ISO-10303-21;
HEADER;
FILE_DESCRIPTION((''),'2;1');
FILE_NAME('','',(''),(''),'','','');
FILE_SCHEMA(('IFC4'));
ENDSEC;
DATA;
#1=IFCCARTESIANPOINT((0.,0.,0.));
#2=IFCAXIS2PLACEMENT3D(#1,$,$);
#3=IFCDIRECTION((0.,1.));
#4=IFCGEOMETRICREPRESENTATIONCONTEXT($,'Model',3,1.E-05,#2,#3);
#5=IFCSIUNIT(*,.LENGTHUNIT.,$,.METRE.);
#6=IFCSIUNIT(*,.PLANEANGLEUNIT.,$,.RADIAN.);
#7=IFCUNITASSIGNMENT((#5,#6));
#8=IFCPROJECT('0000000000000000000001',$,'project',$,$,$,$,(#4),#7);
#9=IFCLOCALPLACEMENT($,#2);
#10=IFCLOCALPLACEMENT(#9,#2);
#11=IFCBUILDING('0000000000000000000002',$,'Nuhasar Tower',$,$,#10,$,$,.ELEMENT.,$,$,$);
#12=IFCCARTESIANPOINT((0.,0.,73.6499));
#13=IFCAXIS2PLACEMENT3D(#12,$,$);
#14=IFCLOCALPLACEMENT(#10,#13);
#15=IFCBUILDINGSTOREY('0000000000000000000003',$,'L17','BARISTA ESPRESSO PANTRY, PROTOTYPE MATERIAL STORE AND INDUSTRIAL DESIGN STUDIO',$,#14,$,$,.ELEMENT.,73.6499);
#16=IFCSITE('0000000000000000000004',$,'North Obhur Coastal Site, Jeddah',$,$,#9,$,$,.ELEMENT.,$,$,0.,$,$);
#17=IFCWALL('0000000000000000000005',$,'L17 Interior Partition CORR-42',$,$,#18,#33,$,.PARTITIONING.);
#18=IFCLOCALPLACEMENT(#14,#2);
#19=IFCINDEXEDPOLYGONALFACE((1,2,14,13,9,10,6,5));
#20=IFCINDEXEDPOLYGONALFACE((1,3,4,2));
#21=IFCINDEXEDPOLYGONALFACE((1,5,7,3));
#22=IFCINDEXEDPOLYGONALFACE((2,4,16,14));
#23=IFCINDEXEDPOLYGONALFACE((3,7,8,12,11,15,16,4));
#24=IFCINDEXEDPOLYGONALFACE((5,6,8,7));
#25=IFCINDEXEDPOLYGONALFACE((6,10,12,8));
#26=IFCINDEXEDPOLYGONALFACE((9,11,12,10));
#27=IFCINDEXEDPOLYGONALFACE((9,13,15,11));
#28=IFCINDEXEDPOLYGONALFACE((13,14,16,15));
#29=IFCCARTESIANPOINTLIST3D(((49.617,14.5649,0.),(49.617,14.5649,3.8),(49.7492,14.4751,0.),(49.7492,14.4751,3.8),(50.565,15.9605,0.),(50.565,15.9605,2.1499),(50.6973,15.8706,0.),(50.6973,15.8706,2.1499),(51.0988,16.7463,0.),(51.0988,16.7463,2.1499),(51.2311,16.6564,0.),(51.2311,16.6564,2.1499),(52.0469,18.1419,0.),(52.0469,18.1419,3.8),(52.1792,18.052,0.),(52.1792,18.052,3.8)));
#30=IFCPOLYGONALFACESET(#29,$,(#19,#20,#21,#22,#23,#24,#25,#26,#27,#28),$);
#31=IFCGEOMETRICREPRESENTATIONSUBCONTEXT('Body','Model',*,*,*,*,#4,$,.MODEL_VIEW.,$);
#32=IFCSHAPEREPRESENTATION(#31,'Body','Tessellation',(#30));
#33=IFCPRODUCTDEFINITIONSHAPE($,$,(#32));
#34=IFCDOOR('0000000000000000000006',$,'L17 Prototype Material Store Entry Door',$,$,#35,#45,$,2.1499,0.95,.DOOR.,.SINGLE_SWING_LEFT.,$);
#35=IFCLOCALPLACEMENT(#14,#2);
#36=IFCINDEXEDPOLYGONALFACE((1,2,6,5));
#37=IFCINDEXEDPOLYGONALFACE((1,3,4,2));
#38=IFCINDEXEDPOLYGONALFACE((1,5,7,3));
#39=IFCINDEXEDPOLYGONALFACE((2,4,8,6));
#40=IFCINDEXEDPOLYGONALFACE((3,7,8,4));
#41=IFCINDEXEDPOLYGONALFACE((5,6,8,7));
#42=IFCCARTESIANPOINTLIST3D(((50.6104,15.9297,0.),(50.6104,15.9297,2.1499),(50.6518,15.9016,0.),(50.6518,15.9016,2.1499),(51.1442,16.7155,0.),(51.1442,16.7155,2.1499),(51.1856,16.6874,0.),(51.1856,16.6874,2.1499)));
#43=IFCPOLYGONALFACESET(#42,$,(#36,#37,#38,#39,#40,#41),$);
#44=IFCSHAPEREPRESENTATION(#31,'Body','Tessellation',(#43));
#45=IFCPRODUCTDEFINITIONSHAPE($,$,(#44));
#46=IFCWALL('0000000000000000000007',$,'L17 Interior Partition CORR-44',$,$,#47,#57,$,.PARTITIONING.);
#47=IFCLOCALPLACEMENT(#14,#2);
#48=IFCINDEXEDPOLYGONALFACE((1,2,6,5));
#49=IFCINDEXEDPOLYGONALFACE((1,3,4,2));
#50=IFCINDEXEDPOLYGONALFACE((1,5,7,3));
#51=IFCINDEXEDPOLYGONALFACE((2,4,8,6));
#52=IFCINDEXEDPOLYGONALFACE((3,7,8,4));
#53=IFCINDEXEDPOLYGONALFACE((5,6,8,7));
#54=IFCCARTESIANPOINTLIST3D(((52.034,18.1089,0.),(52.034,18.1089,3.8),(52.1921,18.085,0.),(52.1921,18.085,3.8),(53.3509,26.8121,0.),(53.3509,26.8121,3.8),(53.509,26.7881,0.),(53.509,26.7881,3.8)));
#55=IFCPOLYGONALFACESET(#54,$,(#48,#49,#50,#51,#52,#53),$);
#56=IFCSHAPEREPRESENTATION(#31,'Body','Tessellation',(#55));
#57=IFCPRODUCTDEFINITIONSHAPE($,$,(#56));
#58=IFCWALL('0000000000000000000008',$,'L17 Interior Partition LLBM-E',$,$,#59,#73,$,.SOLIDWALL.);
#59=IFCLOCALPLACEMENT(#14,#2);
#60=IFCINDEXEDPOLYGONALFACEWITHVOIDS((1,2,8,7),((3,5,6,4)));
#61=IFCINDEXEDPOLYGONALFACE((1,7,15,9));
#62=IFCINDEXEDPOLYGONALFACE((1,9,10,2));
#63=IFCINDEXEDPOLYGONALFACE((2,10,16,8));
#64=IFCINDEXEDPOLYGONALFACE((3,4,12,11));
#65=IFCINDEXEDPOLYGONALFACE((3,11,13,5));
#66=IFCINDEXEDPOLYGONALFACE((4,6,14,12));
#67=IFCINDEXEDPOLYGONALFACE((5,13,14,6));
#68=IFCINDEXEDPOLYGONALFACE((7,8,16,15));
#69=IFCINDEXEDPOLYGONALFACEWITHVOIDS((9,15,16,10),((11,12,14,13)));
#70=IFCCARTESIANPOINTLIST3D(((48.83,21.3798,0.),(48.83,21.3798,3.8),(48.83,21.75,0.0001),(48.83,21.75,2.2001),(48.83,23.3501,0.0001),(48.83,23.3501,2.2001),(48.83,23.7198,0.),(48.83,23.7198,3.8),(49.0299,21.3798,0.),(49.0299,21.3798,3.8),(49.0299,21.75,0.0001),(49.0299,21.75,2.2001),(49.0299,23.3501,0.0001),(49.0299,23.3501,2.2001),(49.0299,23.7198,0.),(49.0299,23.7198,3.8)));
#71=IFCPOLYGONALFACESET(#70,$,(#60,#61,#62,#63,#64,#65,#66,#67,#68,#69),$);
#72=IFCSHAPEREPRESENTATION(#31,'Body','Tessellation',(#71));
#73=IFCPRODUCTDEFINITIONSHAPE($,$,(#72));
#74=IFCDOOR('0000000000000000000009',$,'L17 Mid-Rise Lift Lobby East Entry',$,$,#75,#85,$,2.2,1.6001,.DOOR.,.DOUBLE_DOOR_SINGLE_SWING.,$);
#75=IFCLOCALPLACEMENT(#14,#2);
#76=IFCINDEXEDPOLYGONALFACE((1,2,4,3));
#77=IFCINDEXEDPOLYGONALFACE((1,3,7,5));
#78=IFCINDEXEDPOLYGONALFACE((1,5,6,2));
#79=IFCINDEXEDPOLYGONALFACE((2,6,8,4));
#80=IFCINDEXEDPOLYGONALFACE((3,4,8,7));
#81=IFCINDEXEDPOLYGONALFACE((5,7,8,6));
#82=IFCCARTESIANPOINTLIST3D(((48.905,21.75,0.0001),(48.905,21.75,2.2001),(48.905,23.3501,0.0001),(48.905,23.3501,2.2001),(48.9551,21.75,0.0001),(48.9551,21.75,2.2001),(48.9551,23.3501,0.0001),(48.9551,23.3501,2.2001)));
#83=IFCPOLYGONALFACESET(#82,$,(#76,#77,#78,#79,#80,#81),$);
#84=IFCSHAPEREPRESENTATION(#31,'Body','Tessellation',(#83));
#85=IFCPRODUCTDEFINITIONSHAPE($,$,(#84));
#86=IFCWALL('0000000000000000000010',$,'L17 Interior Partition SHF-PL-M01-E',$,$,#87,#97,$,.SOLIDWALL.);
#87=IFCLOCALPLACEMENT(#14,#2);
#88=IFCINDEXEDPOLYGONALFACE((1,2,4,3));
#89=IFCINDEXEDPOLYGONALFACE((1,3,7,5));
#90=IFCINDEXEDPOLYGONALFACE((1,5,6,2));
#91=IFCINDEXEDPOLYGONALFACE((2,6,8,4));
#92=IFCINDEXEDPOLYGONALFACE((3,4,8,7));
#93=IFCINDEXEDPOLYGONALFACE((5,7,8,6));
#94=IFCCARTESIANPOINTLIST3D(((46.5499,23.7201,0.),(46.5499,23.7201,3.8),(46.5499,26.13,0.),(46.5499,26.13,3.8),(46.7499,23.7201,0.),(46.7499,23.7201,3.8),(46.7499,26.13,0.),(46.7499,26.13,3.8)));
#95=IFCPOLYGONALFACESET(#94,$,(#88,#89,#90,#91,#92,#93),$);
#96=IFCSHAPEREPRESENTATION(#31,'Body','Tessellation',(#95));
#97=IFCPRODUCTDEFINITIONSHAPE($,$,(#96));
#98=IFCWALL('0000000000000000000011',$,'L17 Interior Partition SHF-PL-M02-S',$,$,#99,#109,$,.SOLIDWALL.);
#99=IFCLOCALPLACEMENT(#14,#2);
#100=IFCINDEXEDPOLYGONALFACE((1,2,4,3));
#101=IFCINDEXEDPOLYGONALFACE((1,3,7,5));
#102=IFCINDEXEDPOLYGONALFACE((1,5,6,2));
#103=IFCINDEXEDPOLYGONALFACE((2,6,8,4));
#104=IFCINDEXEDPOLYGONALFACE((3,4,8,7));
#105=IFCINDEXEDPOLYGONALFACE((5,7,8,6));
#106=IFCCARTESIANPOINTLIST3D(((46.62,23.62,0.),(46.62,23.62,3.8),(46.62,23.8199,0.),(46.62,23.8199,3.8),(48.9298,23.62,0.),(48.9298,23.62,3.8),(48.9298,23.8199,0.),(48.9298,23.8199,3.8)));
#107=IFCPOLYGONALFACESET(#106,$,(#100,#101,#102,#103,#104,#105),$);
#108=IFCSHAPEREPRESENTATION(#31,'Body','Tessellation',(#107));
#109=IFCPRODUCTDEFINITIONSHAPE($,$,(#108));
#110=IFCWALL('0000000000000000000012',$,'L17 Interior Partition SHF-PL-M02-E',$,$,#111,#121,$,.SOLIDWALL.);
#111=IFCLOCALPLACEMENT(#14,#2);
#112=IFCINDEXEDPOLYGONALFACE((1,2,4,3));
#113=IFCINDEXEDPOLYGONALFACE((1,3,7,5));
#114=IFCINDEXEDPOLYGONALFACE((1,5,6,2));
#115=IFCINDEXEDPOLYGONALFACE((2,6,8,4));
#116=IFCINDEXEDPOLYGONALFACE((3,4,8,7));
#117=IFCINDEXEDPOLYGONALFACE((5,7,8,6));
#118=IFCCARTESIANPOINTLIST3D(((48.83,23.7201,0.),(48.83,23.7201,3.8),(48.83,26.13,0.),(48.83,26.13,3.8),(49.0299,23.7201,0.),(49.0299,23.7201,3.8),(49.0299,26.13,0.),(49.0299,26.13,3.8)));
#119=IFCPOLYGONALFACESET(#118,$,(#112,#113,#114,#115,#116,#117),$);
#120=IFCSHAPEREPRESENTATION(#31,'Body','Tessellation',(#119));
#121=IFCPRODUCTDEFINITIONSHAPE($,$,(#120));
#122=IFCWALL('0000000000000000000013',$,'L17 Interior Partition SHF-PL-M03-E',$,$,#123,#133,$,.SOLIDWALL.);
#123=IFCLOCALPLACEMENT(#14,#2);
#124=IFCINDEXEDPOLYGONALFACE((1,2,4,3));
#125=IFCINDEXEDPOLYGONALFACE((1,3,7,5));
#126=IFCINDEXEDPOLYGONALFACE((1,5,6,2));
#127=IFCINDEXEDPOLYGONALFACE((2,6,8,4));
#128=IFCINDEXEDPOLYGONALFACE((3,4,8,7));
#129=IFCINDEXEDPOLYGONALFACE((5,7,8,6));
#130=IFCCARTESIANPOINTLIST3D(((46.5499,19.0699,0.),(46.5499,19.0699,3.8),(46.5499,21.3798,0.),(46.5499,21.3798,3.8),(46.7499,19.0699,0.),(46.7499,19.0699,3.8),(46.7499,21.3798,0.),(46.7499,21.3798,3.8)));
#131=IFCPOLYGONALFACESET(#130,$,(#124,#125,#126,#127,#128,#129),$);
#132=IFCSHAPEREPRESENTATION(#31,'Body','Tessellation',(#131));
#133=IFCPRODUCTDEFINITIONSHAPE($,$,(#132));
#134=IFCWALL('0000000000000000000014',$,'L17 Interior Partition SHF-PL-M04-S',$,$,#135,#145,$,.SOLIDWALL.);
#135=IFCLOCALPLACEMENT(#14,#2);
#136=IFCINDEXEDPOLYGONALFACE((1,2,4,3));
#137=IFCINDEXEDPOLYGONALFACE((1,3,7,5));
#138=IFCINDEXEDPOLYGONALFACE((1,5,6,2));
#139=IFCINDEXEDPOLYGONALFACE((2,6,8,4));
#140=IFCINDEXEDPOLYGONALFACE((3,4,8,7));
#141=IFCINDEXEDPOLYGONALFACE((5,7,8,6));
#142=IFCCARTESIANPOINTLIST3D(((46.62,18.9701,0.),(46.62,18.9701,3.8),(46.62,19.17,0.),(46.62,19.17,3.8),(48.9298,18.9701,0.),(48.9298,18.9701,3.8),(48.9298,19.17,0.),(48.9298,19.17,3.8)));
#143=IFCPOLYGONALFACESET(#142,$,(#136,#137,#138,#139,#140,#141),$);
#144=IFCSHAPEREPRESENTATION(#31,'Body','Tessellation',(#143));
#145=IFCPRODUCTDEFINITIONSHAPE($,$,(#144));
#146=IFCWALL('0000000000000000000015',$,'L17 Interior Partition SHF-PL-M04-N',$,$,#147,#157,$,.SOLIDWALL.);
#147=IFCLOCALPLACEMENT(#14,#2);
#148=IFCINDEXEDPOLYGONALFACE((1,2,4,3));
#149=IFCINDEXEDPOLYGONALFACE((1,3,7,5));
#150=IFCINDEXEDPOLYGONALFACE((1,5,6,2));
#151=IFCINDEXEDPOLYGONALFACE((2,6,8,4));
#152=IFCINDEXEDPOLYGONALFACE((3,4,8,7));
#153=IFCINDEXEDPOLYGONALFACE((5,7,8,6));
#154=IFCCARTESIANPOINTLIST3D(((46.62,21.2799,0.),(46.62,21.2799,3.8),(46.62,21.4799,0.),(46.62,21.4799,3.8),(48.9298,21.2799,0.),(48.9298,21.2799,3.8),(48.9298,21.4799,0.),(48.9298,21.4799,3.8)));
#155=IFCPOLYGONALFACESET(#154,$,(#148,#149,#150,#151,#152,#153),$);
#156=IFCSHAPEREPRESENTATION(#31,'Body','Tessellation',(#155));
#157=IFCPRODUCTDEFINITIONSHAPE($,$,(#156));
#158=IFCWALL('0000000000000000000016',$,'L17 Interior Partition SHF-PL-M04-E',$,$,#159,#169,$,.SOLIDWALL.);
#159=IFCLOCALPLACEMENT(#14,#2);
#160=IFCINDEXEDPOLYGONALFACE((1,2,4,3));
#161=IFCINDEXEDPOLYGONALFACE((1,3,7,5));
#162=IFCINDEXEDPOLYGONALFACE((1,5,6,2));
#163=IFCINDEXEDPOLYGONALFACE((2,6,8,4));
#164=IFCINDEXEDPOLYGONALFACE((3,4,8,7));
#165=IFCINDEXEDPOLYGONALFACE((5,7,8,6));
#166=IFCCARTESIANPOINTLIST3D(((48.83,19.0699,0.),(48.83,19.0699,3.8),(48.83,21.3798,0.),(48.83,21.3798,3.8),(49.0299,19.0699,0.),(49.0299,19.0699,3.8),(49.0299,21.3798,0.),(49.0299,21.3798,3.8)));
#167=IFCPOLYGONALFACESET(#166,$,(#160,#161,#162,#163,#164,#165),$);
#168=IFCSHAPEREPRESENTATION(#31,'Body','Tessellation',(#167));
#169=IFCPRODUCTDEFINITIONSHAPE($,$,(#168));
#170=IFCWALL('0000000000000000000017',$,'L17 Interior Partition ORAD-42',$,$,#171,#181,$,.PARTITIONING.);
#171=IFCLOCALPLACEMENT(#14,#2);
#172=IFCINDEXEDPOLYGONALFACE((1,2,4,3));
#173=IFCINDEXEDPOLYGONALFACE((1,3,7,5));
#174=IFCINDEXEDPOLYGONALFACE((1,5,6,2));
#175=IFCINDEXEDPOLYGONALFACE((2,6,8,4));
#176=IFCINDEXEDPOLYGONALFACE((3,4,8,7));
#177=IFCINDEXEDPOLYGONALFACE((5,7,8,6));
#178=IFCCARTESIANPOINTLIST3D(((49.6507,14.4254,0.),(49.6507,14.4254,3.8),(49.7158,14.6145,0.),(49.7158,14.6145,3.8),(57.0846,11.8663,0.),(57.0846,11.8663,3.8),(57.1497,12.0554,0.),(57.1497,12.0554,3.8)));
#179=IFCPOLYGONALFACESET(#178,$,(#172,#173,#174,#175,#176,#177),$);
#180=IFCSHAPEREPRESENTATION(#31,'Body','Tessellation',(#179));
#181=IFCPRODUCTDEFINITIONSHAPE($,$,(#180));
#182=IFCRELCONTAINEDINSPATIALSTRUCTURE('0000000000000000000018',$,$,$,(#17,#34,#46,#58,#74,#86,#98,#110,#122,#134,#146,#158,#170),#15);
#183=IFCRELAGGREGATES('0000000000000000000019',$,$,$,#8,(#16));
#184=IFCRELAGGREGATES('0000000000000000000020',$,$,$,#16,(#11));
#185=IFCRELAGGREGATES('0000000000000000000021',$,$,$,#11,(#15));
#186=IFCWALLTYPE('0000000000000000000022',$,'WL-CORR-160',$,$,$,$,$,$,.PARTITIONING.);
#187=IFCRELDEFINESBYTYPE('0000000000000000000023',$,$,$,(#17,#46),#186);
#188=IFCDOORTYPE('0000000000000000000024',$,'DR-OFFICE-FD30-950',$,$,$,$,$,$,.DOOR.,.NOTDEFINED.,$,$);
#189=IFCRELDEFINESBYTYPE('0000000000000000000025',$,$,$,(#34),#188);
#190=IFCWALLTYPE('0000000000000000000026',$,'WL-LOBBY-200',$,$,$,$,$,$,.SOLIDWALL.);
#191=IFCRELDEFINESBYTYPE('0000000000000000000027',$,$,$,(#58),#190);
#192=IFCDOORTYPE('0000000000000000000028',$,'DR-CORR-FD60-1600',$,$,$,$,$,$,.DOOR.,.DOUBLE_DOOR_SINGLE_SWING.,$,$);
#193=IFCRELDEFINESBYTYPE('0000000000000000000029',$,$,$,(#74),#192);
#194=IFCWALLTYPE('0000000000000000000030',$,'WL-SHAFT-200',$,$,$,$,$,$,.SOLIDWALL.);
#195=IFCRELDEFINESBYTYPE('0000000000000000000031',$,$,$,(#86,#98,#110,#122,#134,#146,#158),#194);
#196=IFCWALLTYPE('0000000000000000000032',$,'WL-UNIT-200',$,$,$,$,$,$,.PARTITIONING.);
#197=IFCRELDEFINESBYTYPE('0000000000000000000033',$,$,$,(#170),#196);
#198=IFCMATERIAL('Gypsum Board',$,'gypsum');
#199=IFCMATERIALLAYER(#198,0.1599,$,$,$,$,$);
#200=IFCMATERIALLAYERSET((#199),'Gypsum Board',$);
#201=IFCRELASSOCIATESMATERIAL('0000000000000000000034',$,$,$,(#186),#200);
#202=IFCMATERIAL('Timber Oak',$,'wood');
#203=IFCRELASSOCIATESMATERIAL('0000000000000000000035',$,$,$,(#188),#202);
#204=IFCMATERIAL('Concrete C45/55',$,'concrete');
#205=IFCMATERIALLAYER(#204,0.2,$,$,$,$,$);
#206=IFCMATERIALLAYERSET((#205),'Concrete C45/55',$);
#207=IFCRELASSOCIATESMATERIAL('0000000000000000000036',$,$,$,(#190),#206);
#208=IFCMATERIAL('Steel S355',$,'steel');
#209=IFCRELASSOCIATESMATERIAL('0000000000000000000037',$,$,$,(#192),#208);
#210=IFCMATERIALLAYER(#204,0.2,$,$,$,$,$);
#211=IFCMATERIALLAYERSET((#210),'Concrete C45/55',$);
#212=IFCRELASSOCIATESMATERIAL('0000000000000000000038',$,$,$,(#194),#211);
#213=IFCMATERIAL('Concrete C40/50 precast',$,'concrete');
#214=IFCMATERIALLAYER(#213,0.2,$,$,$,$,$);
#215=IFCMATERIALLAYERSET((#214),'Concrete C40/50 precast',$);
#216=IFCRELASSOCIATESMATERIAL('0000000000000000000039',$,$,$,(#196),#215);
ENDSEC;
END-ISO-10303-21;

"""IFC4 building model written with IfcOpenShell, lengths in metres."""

from ifc_helpers import new_model, si_unit, direction, frame, frame_2d, origin, place, context, subcontext, project, spatial, rectangle, extrude, material, layer, layer_set, type_object, element, fill, save


model = new_model("IFC4")

# Units and contexts
model_context = context("Model", 3, precision=1e-05, world=origin(), true_north=direction((0.0, 1.0)))
body_context = subcontext(model_context, "Body", "Model", "MODEL_VIEW")
ifc_project = project(units=[si_unit("LENGTHUNIT", "METRE"), si_unit("PLANEANGLEUNIT", "RADIAN")], contexts=[model_context])

# Site, building, storey
site_placement = place(None, origin())
site = spatial("IfcSite", under=ifc_project, at=site_placement, Name="North Obhur Coastal Site, Jeddah", CompositionType="ELEMENT", RefElevation=0.0)
building_placement = place(site_placement, origin())
building = spatial("IfcBuilding", under=site, at=building_placement, Name="Nuhasar Tower", CompositionType="ELEMENT")
storey_placement = place(building_placement, frame((0.0, 0.0, 73.6499)))
storey = spatial("IfcBuildingStorey", under=building, at=storey_placement, Name="L17", Description="BARISTA ESPRESSO PANTRY, PROTOTYPE MATERIAL STORE AND INDUSTRIAL DESIGN STUDIO", CompositionType="ELEMENT", Elevation=73.6499)

# Shared definitions
ifc_material_1 = material(Name="Steel S355", Category="steel")

# Wall, opening, door
ifc_material_2 = material(Name="Gypsum Board", Category="gypsum")
ifc_layer_1 = layer(ifc_material_2, 0.1599)
ifc_layer_set_1 = layer_set([ifc_layer_1], Name="Gypsum Board")
wall_type_1 = type_object("IfcWallType", Name="WL-CORR-160", PredefinedType="PARTITIONING", material=ifc_layer_set_1)
wall_1_placement = place(storey_placement, frame((52.113, 18.0969, 0.0), z_axis=(0.0, 0.0, 1.0), x_axis=(-0.561936, -0.827181, 0.0)))
wall_1 = element("IfcWall", 1, at=wall_1_placement, inside=storey, type_object=wall_type_1, Name="L17 Interior Partition CORR-42", PredefinedType="PARTITIONING", context=body_context, shape_type="SweptSolid", body=[
    extrude(rectangle(XDim=4.3242, YDim=0.1599, at=frame_2d((2.1621, 0.0))), origin(), (0.0, 0.0, 1.0), 3.8),
])
opening_1_placement = place(wall_1_placement, frame((1.687, 0.0, 0.0)))
opening_1 = element("IfcOpeningElement", 2, at=opening_1_placement, cuts=wall_1, PredefinedType="OPENING", context=body_context, shape_type="SweptSolid", body=[
    extrude(rectangle(XDim=0.95, YDim=2.1499, at=frame_2d((0.4751, 1.075))), frame((0.0, 0.0898, 0.0), z_axis=(0.0, -1.0, 0.0), x_axis=(1.0, 0.0, 0.0)), (0.0, 0.0, 1.0), 0.1799),
])
ifc_material_3 = material(Name="Timber Oak", Category="wood")
door_type_1 = type_object("IfcDoorType", Name="DR-OFFICE-FD30-950", OperationType="NOTDEFINED", PredefinedType="DOOR", material=ifc_material_3)
door_1_placement = place(opening_1_placement, origin())
door_1 = element("IfcDoor", 3, at=door_1_placement, inside=storey, type_object=door_type_1, Name="L17 Prototype Material Store Entry Door", OperationType="SINGLE_SWING_LEFT", OverallHeight=2.1499, OverallWidth=0.95, PredefinedType="DOOR", context=body_context, shape_type="SweptSolid", body=[
    extrude(rectangle(XDim=0.95, YDim=2.1499, at=frame_2d((0.4751, 1.075))), frame((0.0, 0.0249, 0.0), z_axis=(0.0, -1.0, 0.0), x_axis=(1.0, 0.0, 0.0)), (0.0, 0.0, 1.0), 0.05),
])
fill(opening_1, door_1)

# Wall
wall_2_placement = place(storey_placement, frame((52.113, 18.0969, 0.0), z_axis=(0.0, 0.0, 1.0), x_axis=(0.14961, 0.988745, 0.0)))
element("IfcWall", 4, at=wall_2_placement, inside=storey, type_object=wall_type_1, Name="L17 Interior Partition CORR-44", PredefinedType="PARTITIONING", context=body_context, shape_type="SweptSolid", body=[
    extrude(rectangle(XDim=8.8022, YDim=0.1599, at=frame_2d((4.4011, 0.0))), origin(), (0.0, 0.0, 1.0), 3.8),
])

# Wall, opening, door
ifc_material_4 = material(Name="Concrete C45/55", Category="concrete")
ifc_layer_2 = layer(ifc_material_4, 0.2)
ifc_layer_set_2 = layer_set([ifc_layer_2], Name="Concrete C45/55")
wall_type_2 = type_object("IfcWallType", Name="WL-LOBBY-200", PredefinedType="SOLIDWALL", material=ifc_layer_set_2)
wall_3_placement = place(storey_placement, frame((48.9299, 21.3799, 0.0), z_axis=(0.0, 0.0, 1.0), x_axis=(0.0, 1.0, 0.0)))
wall_3 = element("IfcWall", 5, at=wall_3_placement, inside=storey, type_object=wall_type_2, Name="L17 Interior Partition LLBM-E", PredefinedType="SOLIDWALL", context=body_context, shape_type="SweptSolid", body=[
    extrude(rectangle(XDim=2.3401, YDim=0.2, at=frame_2d((1.1699, 0.0))), origin(), (0.0, 0.0, 1.0), 3.8),
])
opening_2_placement = place(wall_3_placement, frame((0.3701, 0.0, 0.0)))
opening_2 = element("IfcOpeningElement", 6, at=opening_2_placement, cuts=wall_3, PredefinedType="OPENING", context=body_context, shape_type="SweptSolid", body=[
    extrude(rectangle(XDim=1.6001, YDim=2.2, at=frame_2d((0.8, 1.1001))), frame((0.0, 0.1099, 0.0), z_axis=(0.0, -1.0, 0.0), x_axis=(1.0, 0.0, 0.0)), (0.0, 0.0, 1.0), 0.22),
])
door_type_2 = type_object("IfcDoorType", Name="DR-CORR-FD60-1600", OperationType="DOUBLE_DOOR_SINGLE_SWING", PredefinedType="DOOR", material=ifc_material_1)
door_2_placement = place(opening_2_placement, origin())
door_2 = element("IfcDoor", 7, at=door_2_placement, inside=storey, type_object=door_type_2, Name="L17 Mid-Rise Lift Lobby East Entry", OperationType="DOUBLE_DOOR_SINGLE_SWING", OverallHeight=2.2, OverallWidth=1.6001, PredefinedType="DOOR", context=body_context, shape_type="SweptSolid", body=[
    extrude(rectangle(XDim=1.6001, YDim=2.2, at=frame_2d((0.8, 1.1001))), frame((0.0, 0.0249, 0.0), z_axis=(0.0, -1.0, 0.0), x_axis=(1.0, 0.0, 0.0)), (0.0, 0.0, 1.0), 0.05),
])
fill(opening_2, door_2)

# Walls
ifc_layer_3 = layer(ifc_material_4, 0.2)
ifc_layer_set_3 = layer_set([ifc_layer_3], Name="Concrete C45/55")
wall_type_3 = type_object("IfcWallType", Name="WL-SHAFT-200", PredefinedType="SOLIDWALL", material=ifc_layer_set_3)
wall_4_placement = place(storey_placement, frame((46.6499, 23.72, 0.0), z_axis=(0.0, 0.0, 1.0), x_axis=(0.0, 1.0, 0.0)))
element("IfcWall", 8, at=wall_4_placement, inside=storey, type_object=wall_type_3, Name="L17 Interior Partition SHF-PL-M01-E", PredefinedType="SOLIDWALL", context=body_context, shape_type="SweptSolid", body=[
    extrude(rectangle(XDim=2.4099, YDim=0.2, at=frame_2d((1.2051, 0.0))), origin(), (0.0, 0.0, 1.0), 3.8),
])
wall_5_placement = place(storey_placement, frame((46.6201, 23.72, 0.0), z_axis=(0.0, 0.0, 1.0), x_axis=(1.0, 0.0, 0.0)))
element("IfcWall", 9, at=wall_5_placement, inside=storey, type_object=wall_type_3, Name="L17 Interior Partition SHF-PL-M02-S", PredefinedType="SOLIDWALL", context=body_context, shape_type="SweptSolid", body=[
    extrude(rectangle(XDim=2.3098, YDim=0.2, at=frame_2d((1.1548, 0.0))), origin(), (0.0, 0.0, 1.0), 3.8),
])
wall_6_placement = place(storey_placement, frame((48.9299, 23.72, 0.0), z_axis=(0.0, 0.0, 1.0), x_axis=(0.0, 1.0, 0.0)))
element("IfcWall", 10, at=wall_6_placement, inside=storey, type_object=wall_type_3, Name="L17 Interior Partition SHF-PL-M02-E", PredefinedType="SOLIDWALL", context=body_context, shape_type="SweptSolid", body=[
    extrude(rectangle(XDim=2.4099, YDim=0.2, at=frame_2d((1.2051, 0.0))), origin(), (0.0, 0.0, 1.0), 3.8),
])
for number, where, z_axis, x_axis, name in (
    (11, (46.6499, 19.0701, 0.0), (0.0, 0.0, 1.0), (0.0, 1.0, 0.0), "L17 Interior Partition SHF-PL-M03-E"),
    (12, (46.6201, 19.0701, 0.0), (0.0, 0.0, 1.0), (1.0, 0.0, 0.0), "L17 Interior Partition SHF-PL-M04-S"),
    (13, (46.6201, 21.3799, 0.0), (0.0, 0.0, 1.0), (1.0, 0.0, 0.0), "L17 Interior Partition SHF-PL-M04-N"),
    (14, (48.9299, 19.0701, 0.0), (0.0, 0.0, 1.0), (0.0, 1.0, 0.0), "L17 Interior Partition SHF-PL-M04-E"),
):
    element("IfcWall", number, at=place(storey_placement, frame(where, z_axis=z_axis, x_axis=x_axis)), inside=storey, type_object=wall_type_3, Name=name, PredefinedType="SOLIDWALL", context=body_context, shape_type="SweptSolid", body=[
        extrude(rectangle(XDim=2.3098, YDim=0.2, at=frame_2d((1.1548, 0.0))), origin(), (0.0, 0.0, 1.0), 3.8),
    ])
ifc_material_5 = material(Name="Concrete C40/50 precast", Category="concrete")
ifc_layer_4 = layer(ifc_material_5, 0.2)
ifc_layer_set_4 = layer_set([ifc_layer_4], Name="Concrete C40/50 precast")
wall_type_4 = type_object("IfcWallType", Name="WL-UNIT-200", PredefinedType="PARTITIONING", material=ifc_layer_set_4)
wall_7_placement = place(storey_placement, frame((49.6831, 14.52, 0.0), z_axis=(0.0, 0.0, 1.0), x_axis=(0.945542, -0.325501, 0.0)))
element("IfcWall", 15, at=wall_7_placement, inside=storey, type_object=wall_type_4, Name="L17 Interior Partition ORAD-42", PredefinedType="PARTITIONING", context=body_context, shape_type="SweptSolid", body=[
    extrude(rectangle(XDim=7.8621, YDim=0.2, at=frame_2d((3.9312, 0.0))), origin(), (0.0, 0.0, 1.0), 3.8),
])

save(model, "model.ifc")
